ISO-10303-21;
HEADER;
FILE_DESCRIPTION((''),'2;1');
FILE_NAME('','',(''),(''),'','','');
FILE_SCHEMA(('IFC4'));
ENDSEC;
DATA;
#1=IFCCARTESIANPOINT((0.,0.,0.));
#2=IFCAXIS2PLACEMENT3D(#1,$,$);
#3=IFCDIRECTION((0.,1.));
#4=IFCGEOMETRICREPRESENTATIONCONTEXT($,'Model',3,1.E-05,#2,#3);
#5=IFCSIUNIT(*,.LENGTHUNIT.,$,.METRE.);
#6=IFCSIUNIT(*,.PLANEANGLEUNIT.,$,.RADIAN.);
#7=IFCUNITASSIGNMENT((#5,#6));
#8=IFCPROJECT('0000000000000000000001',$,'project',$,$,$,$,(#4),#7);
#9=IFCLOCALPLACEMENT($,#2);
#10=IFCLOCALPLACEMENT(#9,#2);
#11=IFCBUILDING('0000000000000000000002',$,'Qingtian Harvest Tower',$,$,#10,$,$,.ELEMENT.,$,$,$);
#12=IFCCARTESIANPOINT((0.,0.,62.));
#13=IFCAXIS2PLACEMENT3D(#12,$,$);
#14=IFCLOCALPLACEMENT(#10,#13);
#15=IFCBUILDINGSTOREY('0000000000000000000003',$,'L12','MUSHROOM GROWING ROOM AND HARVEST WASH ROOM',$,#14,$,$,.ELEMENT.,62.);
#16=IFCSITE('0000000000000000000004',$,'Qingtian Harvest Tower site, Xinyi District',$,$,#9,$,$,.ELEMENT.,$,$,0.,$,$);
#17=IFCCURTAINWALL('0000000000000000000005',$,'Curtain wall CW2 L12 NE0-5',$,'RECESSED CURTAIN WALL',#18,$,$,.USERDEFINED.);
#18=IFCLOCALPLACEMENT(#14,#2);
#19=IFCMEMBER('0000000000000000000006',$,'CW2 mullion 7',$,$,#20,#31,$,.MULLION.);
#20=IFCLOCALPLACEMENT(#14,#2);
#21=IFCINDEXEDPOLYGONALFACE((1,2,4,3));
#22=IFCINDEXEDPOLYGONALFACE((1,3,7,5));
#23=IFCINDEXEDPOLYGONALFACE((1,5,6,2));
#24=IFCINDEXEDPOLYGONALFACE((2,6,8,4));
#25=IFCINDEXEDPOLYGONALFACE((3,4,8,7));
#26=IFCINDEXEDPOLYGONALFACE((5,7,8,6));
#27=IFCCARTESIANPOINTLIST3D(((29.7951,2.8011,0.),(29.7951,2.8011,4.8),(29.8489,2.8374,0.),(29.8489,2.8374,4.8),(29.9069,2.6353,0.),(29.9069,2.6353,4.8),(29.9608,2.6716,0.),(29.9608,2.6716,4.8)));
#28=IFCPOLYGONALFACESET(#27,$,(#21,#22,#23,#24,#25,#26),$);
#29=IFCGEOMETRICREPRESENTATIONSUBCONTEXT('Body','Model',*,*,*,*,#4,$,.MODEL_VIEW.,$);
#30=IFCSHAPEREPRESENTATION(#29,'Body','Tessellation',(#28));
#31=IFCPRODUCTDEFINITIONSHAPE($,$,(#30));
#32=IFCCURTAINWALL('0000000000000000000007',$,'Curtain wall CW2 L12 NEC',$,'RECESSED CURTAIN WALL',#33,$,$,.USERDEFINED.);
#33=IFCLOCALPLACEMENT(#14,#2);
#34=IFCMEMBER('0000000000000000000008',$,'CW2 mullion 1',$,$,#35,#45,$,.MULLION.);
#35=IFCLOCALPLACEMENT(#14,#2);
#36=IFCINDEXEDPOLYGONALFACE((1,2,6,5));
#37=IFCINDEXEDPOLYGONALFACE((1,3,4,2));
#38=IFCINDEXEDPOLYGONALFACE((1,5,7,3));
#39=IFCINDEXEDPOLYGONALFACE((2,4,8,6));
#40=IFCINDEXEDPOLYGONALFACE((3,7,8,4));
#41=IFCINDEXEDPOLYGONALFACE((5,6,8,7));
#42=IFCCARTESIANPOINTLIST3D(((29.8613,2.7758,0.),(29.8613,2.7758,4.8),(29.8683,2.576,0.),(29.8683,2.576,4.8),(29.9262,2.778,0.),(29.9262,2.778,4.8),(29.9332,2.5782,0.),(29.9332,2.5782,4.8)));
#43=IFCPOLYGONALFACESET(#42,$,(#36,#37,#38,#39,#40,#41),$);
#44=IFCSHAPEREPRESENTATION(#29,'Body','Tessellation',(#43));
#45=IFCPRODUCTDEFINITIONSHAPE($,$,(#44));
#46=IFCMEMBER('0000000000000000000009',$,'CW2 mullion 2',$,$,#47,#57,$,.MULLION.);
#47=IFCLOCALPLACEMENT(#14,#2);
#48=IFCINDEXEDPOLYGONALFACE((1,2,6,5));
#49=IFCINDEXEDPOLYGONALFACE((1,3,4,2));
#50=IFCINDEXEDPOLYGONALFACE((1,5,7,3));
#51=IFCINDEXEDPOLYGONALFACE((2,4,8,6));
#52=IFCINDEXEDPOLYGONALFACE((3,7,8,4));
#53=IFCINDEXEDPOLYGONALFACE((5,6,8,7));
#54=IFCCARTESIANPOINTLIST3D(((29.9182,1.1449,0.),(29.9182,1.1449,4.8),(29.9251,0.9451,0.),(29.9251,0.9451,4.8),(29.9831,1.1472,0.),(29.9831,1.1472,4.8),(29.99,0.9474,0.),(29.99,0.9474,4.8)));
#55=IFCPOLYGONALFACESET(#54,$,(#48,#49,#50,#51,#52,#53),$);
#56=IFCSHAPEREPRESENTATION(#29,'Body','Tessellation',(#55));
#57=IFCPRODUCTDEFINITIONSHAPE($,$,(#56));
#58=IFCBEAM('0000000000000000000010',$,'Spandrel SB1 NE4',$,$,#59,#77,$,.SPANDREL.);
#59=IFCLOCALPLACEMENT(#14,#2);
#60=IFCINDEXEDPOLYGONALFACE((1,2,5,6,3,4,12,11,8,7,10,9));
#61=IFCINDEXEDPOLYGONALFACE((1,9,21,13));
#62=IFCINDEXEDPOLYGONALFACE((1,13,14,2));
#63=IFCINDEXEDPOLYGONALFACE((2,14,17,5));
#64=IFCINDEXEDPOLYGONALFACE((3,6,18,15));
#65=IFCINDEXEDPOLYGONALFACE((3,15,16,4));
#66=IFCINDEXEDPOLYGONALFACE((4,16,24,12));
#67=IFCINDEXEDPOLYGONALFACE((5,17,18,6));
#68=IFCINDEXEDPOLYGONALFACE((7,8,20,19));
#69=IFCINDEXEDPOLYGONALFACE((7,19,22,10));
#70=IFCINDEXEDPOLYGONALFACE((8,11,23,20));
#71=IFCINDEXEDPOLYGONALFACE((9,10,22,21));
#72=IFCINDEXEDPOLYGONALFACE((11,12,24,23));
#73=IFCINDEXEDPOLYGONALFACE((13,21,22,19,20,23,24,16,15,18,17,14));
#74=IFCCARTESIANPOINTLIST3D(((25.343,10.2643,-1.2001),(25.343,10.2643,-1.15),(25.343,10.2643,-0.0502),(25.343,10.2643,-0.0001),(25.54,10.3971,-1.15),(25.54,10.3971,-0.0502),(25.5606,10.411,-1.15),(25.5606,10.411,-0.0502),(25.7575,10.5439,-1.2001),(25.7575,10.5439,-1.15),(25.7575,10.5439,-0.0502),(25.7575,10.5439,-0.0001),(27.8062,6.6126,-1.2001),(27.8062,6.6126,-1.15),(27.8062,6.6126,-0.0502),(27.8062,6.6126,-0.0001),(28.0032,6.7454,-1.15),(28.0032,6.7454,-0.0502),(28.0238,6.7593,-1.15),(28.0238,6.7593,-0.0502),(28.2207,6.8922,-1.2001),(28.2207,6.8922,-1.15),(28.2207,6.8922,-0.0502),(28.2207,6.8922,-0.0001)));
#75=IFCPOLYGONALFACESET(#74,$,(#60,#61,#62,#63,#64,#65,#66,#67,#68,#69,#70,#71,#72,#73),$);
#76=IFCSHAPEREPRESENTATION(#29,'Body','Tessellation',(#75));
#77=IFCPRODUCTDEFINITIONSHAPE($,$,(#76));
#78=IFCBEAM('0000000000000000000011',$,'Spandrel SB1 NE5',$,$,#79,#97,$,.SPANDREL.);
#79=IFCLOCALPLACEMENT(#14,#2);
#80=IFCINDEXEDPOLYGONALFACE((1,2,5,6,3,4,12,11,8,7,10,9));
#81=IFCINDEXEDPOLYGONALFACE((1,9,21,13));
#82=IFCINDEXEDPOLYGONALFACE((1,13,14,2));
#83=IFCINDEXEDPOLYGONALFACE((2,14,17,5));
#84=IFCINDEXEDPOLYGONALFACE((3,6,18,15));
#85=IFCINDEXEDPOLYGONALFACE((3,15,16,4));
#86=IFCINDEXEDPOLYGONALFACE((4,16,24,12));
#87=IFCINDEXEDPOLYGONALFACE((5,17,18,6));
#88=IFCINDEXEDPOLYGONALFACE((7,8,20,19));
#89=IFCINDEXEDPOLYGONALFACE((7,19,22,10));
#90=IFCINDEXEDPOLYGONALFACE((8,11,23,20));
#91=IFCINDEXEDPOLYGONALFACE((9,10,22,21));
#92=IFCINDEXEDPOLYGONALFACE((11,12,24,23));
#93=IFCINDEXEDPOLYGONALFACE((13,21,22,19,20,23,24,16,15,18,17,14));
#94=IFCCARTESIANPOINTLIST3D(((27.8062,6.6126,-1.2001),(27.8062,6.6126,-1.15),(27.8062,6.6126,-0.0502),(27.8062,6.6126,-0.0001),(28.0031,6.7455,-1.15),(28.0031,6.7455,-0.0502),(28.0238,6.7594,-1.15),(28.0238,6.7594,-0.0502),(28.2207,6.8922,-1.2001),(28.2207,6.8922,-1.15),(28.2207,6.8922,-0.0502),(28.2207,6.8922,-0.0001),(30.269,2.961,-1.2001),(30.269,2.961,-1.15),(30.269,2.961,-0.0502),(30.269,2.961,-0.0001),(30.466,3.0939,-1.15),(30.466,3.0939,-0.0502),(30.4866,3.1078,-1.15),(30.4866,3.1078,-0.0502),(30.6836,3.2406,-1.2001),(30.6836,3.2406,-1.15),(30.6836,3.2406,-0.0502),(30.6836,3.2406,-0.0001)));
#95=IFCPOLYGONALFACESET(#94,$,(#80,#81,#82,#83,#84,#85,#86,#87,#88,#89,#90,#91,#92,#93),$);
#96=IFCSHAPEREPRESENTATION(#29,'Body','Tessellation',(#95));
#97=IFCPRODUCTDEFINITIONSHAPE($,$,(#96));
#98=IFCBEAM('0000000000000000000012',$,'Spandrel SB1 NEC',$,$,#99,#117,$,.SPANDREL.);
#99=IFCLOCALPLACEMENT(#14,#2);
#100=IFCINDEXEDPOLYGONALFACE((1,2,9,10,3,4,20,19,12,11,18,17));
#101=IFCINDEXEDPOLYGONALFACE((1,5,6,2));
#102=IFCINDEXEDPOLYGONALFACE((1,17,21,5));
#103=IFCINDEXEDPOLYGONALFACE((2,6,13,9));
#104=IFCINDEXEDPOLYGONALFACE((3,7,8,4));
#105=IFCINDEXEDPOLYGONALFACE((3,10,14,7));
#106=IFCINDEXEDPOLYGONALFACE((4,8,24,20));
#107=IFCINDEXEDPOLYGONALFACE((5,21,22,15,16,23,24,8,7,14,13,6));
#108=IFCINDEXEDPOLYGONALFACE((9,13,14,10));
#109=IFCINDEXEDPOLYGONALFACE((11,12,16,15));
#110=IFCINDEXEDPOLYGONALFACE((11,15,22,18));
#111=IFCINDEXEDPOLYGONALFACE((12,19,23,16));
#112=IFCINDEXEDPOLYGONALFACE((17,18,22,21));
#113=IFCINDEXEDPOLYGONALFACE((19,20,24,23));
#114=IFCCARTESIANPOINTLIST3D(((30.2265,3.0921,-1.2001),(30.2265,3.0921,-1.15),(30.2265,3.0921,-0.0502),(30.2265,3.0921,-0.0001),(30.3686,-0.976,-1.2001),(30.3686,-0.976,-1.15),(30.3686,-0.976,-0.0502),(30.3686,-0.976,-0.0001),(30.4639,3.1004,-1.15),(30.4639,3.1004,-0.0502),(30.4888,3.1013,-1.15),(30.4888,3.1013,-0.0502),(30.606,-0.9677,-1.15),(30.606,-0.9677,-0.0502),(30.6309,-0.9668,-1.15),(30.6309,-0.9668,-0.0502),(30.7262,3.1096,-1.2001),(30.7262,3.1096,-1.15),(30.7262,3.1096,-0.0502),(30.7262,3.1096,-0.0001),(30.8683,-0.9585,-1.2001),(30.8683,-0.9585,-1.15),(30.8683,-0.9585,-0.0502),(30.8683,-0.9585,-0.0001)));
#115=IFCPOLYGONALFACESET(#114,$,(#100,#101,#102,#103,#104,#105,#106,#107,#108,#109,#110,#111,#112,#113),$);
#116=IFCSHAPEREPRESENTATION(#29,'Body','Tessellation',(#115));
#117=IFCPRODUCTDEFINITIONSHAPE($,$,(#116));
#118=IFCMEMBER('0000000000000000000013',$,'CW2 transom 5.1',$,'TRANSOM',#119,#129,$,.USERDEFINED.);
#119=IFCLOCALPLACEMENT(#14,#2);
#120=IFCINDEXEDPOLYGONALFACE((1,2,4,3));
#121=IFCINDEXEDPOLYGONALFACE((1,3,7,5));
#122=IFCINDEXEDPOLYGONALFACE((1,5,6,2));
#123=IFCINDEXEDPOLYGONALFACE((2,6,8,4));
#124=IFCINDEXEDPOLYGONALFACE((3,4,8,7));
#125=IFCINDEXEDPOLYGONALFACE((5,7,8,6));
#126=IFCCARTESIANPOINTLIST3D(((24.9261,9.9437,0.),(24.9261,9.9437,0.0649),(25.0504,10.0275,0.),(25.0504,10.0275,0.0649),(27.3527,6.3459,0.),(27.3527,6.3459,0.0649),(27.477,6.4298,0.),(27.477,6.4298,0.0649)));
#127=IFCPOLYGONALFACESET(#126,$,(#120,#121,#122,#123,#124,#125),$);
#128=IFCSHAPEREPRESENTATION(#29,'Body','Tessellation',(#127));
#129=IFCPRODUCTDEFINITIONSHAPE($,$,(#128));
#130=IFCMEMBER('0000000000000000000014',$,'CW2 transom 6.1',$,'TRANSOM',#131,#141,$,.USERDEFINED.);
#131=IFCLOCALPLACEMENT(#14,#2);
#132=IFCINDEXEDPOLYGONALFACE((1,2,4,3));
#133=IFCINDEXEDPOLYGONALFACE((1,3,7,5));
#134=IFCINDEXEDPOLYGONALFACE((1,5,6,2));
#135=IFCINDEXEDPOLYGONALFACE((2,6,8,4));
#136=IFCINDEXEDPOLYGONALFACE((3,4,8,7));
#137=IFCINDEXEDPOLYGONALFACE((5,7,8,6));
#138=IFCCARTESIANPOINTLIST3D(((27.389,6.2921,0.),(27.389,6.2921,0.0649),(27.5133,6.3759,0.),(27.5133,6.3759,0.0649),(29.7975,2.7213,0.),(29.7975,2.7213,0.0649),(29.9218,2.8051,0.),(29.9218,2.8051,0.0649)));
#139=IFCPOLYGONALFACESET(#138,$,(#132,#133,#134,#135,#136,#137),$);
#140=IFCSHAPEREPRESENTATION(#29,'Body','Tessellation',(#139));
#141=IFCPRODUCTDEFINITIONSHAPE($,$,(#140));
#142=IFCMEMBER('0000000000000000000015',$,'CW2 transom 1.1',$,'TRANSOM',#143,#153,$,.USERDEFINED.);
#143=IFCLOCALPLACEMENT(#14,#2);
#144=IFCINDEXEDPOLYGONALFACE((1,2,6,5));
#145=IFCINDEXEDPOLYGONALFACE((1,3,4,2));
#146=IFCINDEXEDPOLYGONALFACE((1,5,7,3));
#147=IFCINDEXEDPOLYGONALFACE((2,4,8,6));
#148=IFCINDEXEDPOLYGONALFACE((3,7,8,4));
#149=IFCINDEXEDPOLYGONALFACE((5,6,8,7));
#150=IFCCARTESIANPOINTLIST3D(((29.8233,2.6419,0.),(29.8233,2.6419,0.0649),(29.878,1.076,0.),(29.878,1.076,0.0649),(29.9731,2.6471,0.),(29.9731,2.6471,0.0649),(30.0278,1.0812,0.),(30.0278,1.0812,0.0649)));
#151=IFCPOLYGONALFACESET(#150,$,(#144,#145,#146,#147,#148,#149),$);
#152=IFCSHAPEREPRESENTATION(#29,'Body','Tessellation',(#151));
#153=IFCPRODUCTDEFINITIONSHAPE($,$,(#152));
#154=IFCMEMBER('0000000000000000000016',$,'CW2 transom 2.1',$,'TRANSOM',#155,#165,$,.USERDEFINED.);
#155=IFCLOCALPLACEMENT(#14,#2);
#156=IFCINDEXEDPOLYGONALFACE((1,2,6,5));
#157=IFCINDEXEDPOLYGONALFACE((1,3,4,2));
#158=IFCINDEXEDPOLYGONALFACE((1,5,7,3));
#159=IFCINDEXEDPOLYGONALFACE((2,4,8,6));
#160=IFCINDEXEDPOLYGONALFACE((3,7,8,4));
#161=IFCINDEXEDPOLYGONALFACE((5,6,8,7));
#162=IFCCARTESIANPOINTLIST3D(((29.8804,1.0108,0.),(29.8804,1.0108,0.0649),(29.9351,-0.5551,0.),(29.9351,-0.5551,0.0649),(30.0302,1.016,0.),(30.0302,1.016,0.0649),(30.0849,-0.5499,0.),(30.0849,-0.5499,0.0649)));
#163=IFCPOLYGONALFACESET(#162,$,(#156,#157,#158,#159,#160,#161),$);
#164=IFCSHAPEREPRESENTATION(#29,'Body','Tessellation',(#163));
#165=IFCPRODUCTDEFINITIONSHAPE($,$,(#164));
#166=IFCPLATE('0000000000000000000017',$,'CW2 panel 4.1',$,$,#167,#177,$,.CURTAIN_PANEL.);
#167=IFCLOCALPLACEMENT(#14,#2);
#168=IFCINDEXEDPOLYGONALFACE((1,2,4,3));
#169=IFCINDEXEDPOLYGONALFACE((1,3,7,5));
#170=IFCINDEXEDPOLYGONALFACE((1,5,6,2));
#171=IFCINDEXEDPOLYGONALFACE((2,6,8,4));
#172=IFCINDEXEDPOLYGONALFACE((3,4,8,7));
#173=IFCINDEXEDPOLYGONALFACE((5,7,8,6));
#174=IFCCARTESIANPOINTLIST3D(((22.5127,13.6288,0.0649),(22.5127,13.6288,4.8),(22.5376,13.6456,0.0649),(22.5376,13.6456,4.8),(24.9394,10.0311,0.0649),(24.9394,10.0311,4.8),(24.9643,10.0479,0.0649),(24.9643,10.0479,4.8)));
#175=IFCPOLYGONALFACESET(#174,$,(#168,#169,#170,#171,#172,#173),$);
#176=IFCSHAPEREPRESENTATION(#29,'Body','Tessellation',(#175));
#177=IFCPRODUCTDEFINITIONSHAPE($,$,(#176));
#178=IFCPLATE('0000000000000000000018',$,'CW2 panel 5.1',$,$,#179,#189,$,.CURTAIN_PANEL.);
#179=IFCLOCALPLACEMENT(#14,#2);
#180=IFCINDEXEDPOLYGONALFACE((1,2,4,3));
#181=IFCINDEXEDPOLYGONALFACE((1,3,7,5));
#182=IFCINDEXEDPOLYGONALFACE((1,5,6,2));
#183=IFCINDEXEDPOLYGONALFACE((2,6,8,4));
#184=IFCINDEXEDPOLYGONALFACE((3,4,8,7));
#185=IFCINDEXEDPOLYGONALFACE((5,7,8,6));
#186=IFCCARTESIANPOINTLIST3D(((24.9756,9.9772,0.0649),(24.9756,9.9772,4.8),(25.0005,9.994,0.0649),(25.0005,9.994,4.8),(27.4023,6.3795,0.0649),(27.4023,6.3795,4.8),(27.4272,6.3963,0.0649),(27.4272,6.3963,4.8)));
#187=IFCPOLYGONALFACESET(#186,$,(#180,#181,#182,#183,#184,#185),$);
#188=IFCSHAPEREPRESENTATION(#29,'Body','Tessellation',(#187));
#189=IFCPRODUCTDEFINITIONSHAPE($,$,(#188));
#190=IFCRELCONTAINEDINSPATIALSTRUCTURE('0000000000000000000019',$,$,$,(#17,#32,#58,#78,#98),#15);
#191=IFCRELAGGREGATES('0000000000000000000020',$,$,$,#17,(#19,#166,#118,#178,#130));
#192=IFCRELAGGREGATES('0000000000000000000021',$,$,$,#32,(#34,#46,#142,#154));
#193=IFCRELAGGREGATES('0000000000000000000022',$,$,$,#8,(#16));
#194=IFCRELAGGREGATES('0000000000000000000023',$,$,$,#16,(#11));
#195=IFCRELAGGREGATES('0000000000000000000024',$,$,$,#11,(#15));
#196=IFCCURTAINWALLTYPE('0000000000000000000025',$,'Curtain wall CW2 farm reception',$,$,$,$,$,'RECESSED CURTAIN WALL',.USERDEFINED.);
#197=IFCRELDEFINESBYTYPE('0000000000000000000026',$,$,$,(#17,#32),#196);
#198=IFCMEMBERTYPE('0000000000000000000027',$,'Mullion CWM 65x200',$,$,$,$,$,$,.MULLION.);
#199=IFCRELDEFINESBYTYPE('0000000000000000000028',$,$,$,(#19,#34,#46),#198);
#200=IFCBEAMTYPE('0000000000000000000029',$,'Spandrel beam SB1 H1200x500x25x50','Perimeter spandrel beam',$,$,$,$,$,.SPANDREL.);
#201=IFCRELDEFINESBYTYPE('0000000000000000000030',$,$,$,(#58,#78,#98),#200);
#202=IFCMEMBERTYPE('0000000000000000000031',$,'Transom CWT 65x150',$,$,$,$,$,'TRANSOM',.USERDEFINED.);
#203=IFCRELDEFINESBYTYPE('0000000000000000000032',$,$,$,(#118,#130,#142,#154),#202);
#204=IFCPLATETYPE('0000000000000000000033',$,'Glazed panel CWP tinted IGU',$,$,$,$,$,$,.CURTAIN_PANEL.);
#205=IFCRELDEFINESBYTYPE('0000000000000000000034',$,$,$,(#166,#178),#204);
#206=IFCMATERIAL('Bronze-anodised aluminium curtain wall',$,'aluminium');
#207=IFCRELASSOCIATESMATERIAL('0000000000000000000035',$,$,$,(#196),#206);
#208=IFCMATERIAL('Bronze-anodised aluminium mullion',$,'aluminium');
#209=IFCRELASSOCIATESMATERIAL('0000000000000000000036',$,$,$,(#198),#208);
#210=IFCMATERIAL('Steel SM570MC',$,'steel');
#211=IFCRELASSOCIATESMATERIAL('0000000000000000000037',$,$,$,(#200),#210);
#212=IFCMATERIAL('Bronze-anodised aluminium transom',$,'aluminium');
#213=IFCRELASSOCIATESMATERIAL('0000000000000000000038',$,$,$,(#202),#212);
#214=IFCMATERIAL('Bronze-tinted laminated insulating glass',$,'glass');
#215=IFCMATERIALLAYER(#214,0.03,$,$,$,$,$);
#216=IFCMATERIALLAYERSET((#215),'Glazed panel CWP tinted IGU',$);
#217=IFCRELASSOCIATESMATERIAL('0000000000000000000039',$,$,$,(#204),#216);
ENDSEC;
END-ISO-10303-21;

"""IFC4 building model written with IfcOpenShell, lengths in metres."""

from ifc_helpers import new_model, si_unit, direction, frame, origin, origin_2d, place, context, subcontext, project, spatial, rectangle, i_section, extrude, material, layer, layer_set, material_profile, profile_set, type_object, element, aggregate, save


model = new_model("IFC4")

# Units and contexts
model_context = context("Model", 3, precision=1e-05, world=origin(), true_north=direction((0.0, 1.0)))
body_context = subcontext(model_context, "Body", "Model", "MODEL_VIEW")
ifc_project = project(units=[si_unit("LENGTHUNIT", "METRE"), si_unit("PLANEANGLEUNIT", "RADIAN")], contexts=[model_context])

# Site, building, storey
site_placement = place(None, origin())
site = spatial("IfcSite", under=ifc_project, at=site_placement, Name="Qingtian Harvest Tower site, Xinyi District", CompositionType="ELEMENT", RefElevation=0.0)
building_placement = place(site_placement, origin())
building = spatial("IfcBuilding", under=site, at=building_placement, Name="Qingtian Harvest Tower", CompositionType="ELEMENT")
storey_placement = place(building_placement, frame((0.0, 0.0, 62.0)))
storey = spatial("IfcBuildingStorey", under=building, at=storey_placement, Name="L12", Description="MUSHROOM GROWING ROOM AND HARVEST WASH ROOM", CompositionType="ELEMENT", Elevation=62.0)

# Curtain walls, members
ifc_material_1 = material(Name="Bronze-anodised aluminium curtain wall", Category="aluminium")
curtain_wall_type = type_object("IfcCurtainWallType", Name="Curtain wall CW2 farm reception", ElementType="RECESSED CURTAIN WALL", PredefinedType="USERDEFINED", material=ifc_material_1)
curtain_wall_1_placement = place(storey_placement, origin())
curtain_wall_1 = element("IfcCurtainWall", 1, at=curtain_wall_1_placement, inside=storey, type_object=curtain_wall_type, Name="Curtain wall CW2 L12 NE0-5", ObjectType="RECESSED CURTAIN WALL", PredefinedType="USERDEFINED")
ifc_material_2 = material(Name="Bronze-anodised aluminium mullion", Category="aluminium")
ifc_material_profile_1 = material_profile(ifc_material_2, rectangle(XDim=0.0649, YDim=0.2, at=origin_2d()), Name="AL 65x200")
ifc_profile_set_1 = profile_set([ifc_material_profile_1], Name="Bronze-anodised aluminium mullion")
member_type_1 = type_object("IfcMemberType", Name="Mullion CWM 65x200", PredefinedType="MULLION", material=ifc_profile_set_1)
member_1_placement = place(storey_placement, frame((29.8779, 2.7363, 0.0), z_axis=(0.0, 0.0, 1.0), x_axis=(0.829038, 0.559193, 0.0)))
member_1 = element("IfcMember", 2, at=member_1_placement, type_object=member_type_1, Name="CW2 mullion 7", PredefinedType="MULLION", context=body_context, shape_type="SweptSolid", body=[
    extrude(rectangle(XDim=0.0649, YDim=0.2, at=origin_2d()), origin(), (0.0, 0.0, 1.0), 4.8),
])
curtain_wall_2_placement = place(storey_placement, origin())
curtain_wall_2 = element("IfcCurtainWall", 3, at=curtain_wall_2_placement, inside=storey, type_object=curtain_wall_type, Name="Curtain wall CW2 L12 NEC", ObjectType="RECESSED CURTAIN WALL", PredefinedType="USERDEFINED")
member_2_placement = place(storey_placement, frame((29.8972, 2.677, 0.0), z_axis=(0.0, 0.0, 1.0), x_axis=(0.999391, 0.034899, 0.0)))
member_2 = element("IfcMember", 4, at=member_2_placement, type_object=member_type_1, Name="CW2 mullion 1", PredefinedType="MULLION", context=body_context, shape_type="SweptSolid", body=[
    extrude(rectangle(XDim=0.0649, YDim=0.2, at=origin_2d()), origin(), (0.0, 0.0, 1.0), 4.8),
])
member_3_placement = place(storey_placement, frame((29.9541, 1.0461, 0.0), z_axis=(0.0, 0.0, 1.0), x_axis=(0.999391, 0.034899, 0.0)))
member_3 = element("IfcMember", 5, at=member_3_placement, type_object=member_type_1, Name="CW2 mullion 2", PredefinedType="MULLION", context=body_context, shape_type="SweptSolid", body=[
    extrude(rectangle(XDim=0.0649, YDim=0.2, at=origin_2d()), origin(), (0.0, 0.0, 1.0), 4.8),
])

# Beams
ifc_material_3 = material(Name="Steel SM570MC", Category="steel")
ifc_material_profile_2 = material_profile(ifc_material_3, i_section(OverallWidth=0.5, OverallDepth=1.2, WebThickness=0.0249, FlangeThickness=0.05, at=origin_2d()), Name="H1200x500x25x50")
ifc_profile_set_2 = profile_set([ifc_material_profile_2], Name="Steel SM570MC")
beam_type_1 = type_object("IfcBeamType", Name="Spandrel beam SB1 H1200x500x25x50", Description="Perimeter spandrel beam", PredefinedType="SPANDREL", material=ifc_profile_set_2)
beam_1_placement = place(storey_placement, frame((25.5503, 10.4041, -0.6001), z_axis=(0.559207, -0.829028, 0.0), x_axis=(0.829028, 0.559207, 0.0)))
element("IfcBeam", 6, at=beam_1_placement, inside=storey, type_object=beam_type_1, Name="Spandrel SB1 NE4", PredefinedType="SPANDREL", context=body_context, shape_type="SweptSolid", body=[
    extrude(i_section(OverallWidth=0.5, OverallDepth=1.2, WebThickness=0.0249, FlangeThickness=0.05, at=origin_2d()), origin(), (0.0, 0.0, 1.0), 4.4048),
])
beam_2_placement = place(storey_placement, frame((28.0134, 6.7524, -0.6001), z_axis=(0.559169, -0.829054, 0.0), x_axis=(0.829054, 0.559169, 0.0)))
element("IfcBeam", 7, at=beam_2_placement, inside=storey, type_object=beam_type_1, Name="Spandrel SB1 NE5", PredefinedType="SPANDREL", context=body_context, shape_type="SweptSolid", body=[
    extrude(i_section(OverallWidth=0.5, OverallDepth=1.2, WebThickness=0.0249, FlangeThickness=0.05, at=origin_2d()), origin(), (0.0, 0.0, 1.0), 4.4045),
])
beam_3_placement = place(storey_placement, frame((30.4763, 3.1008, -0.6001), z_axis=(0.034906, -0.999391, 0.0), x_axis=(0.999391, 0.034906, 0.0)))
element("IfcBeam", 8, at=beam_3_placement, inside=storey, type_object=beam_type_1, Name="Spandrel SB1 NEC", PredefinedType="SPANDREL", context=body_context, shape_type="SweptSolid", body=[
    extrude(i_section(OverallWidth=0.5, OverallDepth=1.2, WebThickness=0.0249, FlangeThickness=0.05, at=origin_2d()), origin(), (0.0, 0.0, 1.0), 4.0706),
])

# Members
ifc_material_4 = material(Name="Bronze-anodised aluminium transom", Category="aluminium")
ifc_material_profile_3 = material_profile(ifc_material_4, rectangle(XDim=0.1499, YDim=0.0649, at=origin_2d()), Name="AL 65x150")
ifc_profile_set_3 = profile_set([ifc_material_profile_3], Name="Bronze-anodised aluminium transom")
member_type_2 = type_object("IfcMemberType", Name="Transom CWT 65x150", ElementType="TRANSOM", PredefinedType="USERDEFINED", material=ifc_profile_set_3)
member_4_placement = place(storey_placement, frame((24.9883, 9.9856, 0.0325), z_axis=(0.559171, -0.829052, 0.0), x_axis=(0.829052, 0.559171, 0.0)))
member_4 = element("IfcMember", 9, at=member_4_placement, type_object=member_type_2, Name="CW2 transom 5.1", ObjectType="TRANSOM", PredefinedType="USERDEFINED", context=body_context, shape_type="SweptSolid", body=[
    extrude(rectangle(XDim=0.1499, YDim=0.0649, at=origin_2d()), origin(), (0.0, 0.0, 1.0), 4.3396),
])
member_5_placement = place(storey_placement, frame((27.4512, 6.334, 0.0325), z_axis=(0.559179, -0.829047, 0.0), x_axis=(0.829047, 0.559179, 0.0)))
member_5 = element("IfcMember", 10, at=member_5_placement, type_object=member_type_2, Name="CW2 transom 6.1", ObjectType="TRANSOM", PredefinedType="USERDEFINED", context=body_context, shape_type="SweptSolid", body=[
    extrude(rectangle(XDim=0.1499, YDim=0.0649, at=origin_2d()), origin(), (0.0, 0.0, 1.0), 4.3071),
])
member_6_placement = place(storey_placement, frame((29.8982, 2.6445, 0.0325), z_axis=(0.034902, -0.999391, 0.0), x_axis=(0.999391, 0.034902, 0.0)))
member_6 = element("IfcMember", 11, at=member_6_placement, type_object=member_type_2, Name="CW2 transom 1.1", ObjectType="TRANSOM", PredefinedType="USERDEFINED", context=body_context, shape_type="SweptSolid", body=[
    extrude(rectangle(XDim=0.1499, YDim=0.0649, at=origin_2d()), origin(), (0.0, 0.0, 1.0), 1.5669),
])
member_7_placement = place(storey_placement, frame((29.9553, 1.0134, 0.0325), z_axis=(0.034902, -0.999391, 0.0), x_axis=(0.999391, 0.034902, 0.0)))
member_7 = element("IfcMember", 12, at=member_7_placement, type_object=member_type_2, Name="CW2 transom 2.1", ObjectType="TRANSOM", PredefinedType="USERDEFINED", context=body_context, shape_type="SweptSolid", body=[
    extrude(rectangle(XDim=0.1499, YDim=0.0649, at=origin_2d()), origin(), (0.0, 0.0, 1.0), 1.5669),
])

# Plates
ifc_material_5 = material(Name="Bronze-tinted laminated insulating glass", Category="glass")
ifc_layer_1 = layer(ifc_material_5, 0.03)
ifc_layer_set_1 = layer_set([ifc_layer_1], Name="Glazed panel CWP tinted IGU")
plate_type = type_object("IfcPlateType", Name="Glazed panel CWP tinted IGU", PredefinedType="CURTAIN_PANEL", material=ifc_layer_set_1)
plate_1_placement = place(storey_placement, frame((23.7385, 11.8384, 0.0649), z_axis=(0.0, 0.0, 1.0), x_axis=(0.559193, -0.829038, 0.0)))
plate_1 = element("IfcPlate", 13, at=plate_1_placement, type_object=plate_type, Name="CW2 panel 4.1", PredefinedType="CURTAIN_PANEL", context=body_context, shape_type="SweptSolid", body=[
    extrude(rectangle(XDim=4.3396, YDim=0.03, at=origin_2d()), origin(), (0.0, 0.0, 1.0), 4.7351),
])
plate_2_placement = place(storey_placement, frame((26.2014, 8.1868, 0.0649), z_axis=(0.0, 0.0, 1.0), x_axis=(0.559193, -0.829038, 0.0)))
plate_2 = element("IfcPlate", 14, at=plate_2_placement, type_object=plate_type, Name="CW2 panel 5.1", PredefinedType="CURTAIN_PANEL", context=body_context, shape_type="SweptSolid", body=[
    extrude(rectangle(XDim=4.3396, YDim=0.03, at=origin_2d()), origin(), (0.0, 0.0, 1.0), 4.7351),
])
aggregate(curtain_wall_1, [member_1, plate_1, member_4, plate_2, member_5])
aggregate(curtain_wall_2, [member_2, member_3, member_6, member_7])

save(model, "model.ifc")
